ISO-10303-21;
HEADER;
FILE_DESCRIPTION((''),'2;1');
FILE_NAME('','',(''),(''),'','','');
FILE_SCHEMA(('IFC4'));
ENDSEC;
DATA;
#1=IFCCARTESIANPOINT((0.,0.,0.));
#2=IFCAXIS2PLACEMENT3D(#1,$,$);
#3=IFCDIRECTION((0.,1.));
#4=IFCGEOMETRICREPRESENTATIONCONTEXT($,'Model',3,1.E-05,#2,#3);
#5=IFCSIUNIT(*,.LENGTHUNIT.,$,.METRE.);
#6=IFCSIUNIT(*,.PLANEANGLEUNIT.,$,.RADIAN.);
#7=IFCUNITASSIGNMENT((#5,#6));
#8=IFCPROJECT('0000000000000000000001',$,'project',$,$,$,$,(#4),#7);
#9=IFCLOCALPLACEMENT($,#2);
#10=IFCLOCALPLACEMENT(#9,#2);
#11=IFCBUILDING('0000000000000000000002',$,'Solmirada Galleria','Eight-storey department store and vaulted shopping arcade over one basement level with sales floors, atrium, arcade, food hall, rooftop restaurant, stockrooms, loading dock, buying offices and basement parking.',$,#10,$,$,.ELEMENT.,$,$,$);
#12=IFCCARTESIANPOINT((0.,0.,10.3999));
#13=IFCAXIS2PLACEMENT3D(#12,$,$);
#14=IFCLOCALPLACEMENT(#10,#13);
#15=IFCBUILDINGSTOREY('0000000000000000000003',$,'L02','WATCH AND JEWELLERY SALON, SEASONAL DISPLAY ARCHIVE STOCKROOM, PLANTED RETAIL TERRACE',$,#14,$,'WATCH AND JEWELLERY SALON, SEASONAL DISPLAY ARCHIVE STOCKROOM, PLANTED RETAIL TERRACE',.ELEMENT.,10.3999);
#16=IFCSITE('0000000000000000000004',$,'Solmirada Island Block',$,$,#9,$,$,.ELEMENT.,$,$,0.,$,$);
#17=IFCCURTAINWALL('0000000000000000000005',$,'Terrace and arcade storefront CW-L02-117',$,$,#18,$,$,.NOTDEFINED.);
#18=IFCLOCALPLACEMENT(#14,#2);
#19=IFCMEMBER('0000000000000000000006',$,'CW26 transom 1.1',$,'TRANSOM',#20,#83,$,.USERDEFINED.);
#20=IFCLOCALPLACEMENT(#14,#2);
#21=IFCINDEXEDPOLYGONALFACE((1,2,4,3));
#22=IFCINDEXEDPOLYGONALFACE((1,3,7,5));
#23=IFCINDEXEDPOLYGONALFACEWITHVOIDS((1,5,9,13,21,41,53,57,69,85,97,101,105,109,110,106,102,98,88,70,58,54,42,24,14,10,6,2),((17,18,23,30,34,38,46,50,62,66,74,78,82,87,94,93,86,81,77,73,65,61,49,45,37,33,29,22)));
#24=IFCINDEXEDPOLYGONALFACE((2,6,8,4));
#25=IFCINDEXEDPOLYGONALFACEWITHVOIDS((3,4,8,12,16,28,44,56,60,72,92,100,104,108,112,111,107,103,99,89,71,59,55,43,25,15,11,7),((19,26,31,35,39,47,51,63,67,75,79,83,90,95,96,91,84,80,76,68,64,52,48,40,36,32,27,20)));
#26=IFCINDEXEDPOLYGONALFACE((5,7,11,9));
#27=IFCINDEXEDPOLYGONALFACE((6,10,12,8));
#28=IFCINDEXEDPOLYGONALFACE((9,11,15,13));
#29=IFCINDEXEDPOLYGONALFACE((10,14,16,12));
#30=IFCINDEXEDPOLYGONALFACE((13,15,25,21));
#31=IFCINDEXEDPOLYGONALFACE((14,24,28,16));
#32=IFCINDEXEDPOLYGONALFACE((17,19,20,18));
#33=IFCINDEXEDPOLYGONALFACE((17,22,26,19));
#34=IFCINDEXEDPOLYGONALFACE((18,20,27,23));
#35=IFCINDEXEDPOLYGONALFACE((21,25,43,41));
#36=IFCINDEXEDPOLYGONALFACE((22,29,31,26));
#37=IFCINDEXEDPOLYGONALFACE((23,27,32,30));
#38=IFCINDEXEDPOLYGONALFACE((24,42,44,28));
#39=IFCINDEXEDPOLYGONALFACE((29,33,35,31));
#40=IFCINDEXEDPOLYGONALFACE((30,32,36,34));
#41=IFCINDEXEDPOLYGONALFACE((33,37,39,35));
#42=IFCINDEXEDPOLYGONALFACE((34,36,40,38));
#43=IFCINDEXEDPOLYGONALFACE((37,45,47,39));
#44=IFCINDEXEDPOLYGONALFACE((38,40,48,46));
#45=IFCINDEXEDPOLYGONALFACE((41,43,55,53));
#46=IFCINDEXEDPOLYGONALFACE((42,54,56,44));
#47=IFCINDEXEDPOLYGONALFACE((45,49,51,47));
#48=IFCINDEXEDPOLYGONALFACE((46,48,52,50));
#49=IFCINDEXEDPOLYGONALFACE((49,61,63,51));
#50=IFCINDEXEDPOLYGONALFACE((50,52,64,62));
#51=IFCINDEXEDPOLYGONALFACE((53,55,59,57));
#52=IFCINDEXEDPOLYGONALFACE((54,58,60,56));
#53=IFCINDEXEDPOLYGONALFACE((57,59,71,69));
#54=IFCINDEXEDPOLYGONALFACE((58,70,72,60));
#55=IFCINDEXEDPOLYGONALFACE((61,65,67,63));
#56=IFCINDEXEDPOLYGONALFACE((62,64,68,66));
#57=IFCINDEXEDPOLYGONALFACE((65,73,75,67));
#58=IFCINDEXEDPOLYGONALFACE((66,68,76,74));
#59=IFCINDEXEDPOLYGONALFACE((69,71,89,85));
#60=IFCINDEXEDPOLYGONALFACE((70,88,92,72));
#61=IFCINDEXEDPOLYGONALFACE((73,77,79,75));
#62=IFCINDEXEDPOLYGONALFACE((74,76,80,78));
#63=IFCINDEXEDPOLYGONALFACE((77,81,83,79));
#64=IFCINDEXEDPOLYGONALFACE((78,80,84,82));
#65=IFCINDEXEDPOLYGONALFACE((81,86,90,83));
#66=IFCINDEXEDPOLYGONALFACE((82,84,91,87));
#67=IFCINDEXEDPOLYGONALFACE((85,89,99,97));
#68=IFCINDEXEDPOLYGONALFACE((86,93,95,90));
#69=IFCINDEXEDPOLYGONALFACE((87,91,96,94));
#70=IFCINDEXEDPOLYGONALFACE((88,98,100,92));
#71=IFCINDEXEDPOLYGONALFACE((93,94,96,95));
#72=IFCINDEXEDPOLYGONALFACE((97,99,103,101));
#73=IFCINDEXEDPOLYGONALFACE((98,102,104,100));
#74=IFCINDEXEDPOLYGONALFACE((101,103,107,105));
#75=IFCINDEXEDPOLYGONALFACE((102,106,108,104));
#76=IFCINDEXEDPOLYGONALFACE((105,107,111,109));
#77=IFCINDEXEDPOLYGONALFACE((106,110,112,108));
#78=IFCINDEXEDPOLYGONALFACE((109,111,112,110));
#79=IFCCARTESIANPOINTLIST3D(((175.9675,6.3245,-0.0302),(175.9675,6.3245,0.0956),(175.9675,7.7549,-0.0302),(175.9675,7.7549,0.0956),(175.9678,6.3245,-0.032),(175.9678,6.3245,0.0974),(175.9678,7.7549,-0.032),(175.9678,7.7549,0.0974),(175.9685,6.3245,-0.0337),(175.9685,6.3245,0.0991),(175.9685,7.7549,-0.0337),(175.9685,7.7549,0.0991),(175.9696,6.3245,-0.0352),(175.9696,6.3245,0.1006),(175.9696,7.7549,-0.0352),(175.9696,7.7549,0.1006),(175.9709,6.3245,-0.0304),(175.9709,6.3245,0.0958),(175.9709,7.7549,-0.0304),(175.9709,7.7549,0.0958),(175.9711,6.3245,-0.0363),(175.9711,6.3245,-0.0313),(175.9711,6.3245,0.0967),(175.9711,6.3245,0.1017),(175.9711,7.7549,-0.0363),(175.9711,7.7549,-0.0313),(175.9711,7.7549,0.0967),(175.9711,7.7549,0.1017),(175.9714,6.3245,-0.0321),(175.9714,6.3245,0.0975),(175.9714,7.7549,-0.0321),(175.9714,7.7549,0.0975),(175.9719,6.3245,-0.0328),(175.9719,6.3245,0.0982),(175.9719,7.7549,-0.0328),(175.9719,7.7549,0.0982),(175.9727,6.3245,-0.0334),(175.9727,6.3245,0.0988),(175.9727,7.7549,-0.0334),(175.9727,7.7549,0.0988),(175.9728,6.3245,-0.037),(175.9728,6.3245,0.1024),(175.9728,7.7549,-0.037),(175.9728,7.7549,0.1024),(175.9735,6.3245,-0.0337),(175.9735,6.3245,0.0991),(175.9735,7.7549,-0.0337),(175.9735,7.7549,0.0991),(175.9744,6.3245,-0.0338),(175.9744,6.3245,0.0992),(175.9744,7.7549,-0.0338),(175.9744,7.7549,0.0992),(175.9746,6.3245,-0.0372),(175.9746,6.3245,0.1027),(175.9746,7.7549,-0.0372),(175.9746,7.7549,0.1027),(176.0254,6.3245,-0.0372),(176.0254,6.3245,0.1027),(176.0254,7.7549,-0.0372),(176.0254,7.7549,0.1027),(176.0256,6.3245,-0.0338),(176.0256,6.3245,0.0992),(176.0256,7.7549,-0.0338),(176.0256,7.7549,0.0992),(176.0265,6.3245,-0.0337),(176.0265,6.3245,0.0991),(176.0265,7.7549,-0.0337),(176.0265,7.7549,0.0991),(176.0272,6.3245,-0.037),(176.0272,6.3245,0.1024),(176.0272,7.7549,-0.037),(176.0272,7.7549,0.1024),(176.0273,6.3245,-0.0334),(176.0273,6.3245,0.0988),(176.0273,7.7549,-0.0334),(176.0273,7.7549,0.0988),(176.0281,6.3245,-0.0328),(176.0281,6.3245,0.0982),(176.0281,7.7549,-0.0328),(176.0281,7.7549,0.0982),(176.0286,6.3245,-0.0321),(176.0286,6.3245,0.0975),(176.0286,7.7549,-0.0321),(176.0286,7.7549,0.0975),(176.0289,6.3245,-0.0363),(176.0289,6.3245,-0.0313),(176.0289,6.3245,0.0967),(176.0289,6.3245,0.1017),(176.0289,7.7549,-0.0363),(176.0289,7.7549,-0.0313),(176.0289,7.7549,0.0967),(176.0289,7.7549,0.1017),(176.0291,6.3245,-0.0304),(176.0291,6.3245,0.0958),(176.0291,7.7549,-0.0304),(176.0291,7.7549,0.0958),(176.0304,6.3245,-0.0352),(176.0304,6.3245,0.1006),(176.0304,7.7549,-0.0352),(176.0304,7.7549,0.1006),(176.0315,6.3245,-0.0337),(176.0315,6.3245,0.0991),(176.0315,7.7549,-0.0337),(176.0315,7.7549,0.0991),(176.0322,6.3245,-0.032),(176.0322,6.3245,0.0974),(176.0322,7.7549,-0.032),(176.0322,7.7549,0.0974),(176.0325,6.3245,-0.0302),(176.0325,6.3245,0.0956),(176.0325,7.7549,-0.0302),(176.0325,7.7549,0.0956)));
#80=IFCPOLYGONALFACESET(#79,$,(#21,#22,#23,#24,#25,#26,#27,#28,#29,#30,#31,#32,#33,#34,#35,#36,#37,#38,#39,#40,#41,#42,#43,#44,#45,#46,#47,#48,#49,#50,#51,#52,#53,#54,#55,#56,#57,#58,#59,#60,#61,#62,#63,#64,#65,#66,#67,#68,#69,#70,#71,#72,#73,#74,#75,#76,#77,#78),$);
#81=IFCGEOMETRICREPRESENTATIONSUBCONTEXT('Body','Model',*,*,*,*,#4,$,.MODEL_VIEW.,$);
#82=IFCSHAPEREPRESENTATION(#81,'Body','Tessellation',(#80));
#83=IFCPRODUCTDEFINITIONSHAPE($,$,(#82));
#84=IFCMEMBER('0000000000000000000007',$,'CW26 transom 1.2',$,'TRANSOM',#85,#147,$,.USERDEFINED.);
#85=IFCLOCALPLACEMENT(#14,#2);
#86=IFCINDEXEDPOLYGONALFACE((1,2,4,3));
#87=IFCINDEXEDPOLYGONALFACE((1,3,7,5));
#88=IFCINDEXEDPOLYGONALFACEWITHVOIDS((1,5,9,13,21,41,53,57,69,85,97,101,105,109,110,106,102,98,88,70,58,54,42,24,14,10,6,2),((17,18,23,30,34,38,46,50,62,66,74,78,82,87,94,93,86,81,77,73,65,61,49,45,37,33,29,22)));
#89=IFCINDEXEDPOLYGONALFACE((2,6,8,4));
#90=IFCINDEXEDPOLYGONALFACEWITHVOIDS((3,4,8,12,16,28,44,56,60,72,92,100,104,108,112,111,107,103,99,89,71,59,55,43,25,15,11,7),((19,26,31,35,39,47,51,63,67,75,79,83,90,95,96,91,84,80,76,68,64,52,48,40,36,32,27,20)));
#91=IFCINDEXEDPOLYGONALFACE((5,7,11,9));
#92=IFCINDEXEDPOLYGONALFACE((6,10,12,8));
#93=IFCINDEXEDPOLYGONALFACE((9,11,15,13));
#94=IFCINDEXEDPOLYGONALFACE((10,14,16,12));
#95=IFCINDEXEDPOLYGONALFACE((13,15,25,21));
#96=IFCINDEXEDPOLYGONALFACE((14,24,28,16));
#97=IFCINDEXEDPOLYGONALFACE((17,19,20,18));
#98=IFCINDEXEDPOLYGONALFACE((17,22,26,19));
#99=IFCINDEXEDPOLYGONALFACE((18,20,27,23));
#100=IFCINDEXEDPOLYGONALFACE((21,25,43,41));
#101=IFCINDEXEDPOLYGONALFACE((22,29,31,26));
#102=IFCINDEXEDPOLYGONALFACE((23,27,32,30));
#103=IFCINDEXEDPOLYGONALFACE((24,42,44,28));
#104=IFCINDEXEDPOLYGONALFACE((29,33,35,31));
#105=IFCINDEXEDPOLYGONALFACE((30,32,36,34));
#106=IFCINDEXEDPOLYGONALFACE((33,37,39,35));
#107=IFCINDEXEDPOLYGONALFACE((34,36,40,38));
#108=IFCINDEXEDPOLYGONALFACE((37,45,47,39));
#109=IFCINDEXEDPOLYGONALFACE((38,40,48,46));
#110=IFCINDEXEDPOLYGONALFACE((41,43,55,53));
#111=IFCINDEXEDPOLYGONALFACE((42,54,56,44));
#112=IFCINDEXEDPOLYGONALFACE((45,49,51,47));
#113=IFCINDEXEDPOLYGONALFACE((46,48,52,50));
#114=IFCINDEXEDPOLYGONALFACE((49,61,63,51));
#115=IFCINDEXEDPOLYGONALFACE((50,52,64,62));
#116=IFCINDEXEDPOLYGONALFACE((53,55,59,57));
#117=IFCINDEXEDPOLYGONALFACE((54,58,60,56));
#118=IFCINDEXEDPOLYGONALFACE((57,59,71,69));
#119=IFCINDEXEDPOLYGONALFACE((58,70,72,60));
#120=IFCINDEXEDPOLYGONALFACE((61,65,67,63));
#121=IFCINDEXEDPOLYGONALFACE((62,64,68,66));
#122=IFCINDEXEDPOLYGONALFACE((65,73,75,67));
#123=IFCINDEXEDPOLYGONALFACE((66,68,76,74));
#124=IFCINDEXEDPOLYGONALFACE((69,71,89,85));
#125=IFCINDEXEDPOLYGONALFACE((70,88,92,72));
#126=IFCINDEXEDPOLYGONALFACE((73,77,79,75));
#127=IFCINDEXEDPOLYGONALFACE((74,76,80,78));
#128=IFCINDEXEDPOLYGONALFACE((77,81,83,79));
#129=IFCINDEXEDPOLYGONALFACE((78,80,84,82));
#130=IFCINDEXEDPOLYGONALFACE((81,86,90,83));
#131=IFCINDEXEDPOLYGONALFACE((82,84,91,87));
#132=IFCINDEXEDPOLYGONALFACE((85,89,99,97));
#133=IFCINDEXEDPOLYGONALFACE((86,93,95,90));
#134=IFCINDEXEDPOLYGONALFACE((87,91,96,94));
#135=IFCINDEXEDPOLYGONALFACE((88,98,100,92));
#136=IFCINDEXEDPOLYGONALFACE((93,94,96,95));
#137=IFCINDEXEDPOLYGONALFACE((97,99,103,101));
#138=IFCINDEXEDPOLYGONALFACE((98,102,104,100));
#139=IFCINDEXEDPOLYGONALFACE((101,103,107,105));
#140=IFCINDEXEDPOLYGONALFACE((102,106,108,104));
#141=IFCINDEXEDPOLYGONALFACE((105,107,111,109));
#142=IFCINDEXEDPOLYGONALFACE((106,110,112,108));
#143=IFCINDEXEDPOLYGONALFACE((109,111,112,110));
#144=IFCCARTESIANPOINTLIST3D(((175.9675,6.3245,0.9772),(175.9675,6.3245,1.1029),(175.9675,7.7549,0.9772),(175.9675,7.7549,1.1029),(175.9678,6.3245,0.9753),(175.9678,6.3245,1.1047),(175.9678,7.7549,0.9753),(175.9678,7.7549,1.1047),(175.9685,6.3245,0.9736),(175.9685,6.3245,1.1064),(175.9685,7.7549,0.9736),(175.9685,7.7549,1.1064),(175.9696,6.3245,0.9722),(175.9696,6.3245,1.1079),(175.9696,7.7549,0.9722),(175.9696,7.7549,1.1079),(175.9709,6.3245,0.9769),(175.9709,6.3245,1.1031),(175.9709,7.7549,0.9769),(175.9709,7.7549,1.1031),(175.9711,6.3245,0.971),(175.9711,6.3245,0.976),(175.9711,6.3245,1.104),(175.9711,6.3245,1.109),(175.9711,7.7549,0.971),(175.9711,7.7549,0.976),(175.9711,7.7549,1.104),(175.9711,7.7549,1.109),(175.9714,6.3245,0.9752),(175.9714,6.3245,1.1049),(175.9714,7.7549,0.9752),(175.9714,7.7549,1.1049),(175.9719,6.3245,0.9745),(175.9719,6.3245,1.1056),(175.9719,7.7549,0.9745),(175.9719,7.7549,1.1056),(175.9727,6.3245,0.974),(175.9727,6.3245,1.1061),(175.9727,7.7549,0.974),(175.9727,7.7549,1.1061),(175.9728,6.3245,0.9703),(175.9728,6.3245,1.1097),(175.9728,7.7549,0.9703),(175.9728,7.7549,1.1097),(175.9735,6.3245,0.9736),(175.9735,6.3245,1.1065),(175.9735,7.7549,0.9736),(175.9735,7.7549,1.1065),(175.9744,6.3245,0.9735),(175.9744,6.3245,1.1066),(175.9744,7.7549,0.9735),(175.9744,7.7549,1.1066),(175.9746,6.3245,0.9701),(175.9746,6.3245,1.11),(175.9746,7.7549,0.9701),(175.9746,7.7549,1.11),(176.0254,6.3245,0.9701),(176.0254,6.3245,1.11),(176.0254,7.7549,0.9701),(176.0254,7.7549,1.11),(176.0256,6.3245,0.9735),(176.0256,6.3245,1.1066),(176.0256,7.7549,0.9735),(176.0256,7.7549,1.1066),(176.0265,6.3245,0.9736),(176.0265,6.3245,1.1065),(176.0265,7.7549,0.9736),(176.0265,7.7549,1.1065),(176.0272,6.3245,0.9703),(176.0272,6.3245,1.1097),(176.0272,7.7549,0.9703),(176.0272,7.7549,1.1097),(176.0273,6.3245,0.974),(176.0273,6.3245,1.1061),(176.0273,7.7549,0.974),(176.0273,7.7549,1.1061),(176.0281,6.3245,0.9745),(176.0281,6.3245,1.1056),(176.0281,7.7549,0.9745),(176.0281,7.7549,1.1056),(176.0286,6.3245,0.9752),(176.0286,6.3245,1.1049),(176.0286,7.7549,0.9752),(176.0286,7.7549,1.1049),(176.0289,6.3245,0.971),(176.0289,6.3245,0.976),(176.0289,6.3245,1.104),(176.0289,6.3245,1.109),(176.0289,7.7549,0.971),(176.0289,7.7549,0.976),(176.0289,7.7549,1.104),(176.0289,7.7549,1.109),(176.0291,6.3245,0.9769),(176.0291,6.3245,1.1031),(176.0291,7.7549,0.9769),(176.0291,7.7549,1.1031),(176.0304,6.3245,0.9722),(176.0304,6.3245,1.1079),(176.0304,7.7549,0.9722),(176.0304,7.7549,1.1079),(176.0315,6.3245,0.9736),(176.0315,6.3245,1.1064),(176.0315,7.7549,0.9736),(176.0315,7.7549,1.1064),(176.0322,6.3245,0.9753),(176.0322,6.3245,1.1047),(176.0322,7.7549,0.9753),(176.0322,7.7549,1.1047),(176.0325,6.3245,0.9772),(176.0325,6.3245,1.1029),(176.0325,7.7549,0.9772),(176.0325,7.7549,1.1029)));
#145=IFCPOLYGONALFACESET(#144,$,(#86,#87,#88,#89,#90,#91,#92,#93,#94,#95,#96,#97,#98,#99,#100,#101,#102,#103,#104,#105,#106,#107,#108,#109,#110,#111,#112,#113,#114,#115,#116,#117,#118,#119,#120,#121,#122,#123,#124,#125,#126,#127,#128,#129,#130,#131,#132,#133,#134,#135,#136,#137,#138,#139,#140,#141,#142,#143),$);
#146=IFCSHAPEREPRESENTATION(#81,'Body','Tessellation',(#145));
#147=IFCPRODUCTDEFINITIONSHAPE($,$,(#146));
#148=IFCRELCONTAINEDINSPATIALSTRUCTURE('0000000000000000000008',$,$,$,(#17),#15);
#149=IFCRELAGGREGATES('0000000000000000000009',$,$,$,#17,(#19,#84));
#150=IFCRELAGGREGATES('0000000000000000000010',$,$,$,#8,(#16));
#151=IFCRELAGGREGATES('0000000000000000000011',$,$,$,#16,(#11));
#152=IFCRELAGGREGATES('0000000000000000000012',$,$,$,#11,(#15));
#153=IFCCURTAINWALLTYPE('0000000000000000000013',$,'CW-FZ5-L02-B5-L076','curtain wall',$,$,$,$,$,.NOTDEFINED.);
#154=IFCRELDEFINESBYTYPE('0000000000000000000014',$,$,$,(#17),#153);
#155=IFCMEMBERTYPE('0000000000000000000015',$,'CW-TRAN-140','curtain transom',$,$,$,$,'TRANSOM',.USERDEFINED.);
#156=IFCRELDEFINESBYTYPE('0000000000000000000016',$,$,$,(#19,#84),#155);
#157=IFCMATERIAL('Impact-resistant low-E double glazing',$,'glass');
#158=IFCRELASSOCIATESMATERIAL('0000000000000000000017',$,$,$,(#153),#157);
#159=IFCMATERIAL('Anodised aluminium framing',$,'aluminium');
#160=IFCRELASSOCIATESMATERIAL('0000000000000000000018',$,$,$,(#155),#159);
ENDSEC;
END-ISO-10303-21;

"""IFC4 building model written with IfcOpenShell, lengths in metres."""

from ifc_helpers import new_model, si_unit, direction, frame, origin, origin_2d, place, context, subcontext, project, spatial, hollow_rectangle, extrude, material, material_profile, profile_set, type_object, element, aggregate, save


model = new_model("IFC4")

# Units and contexts
model_context = context("Model", 3, precision=1e-05, world=origin(), true_north=direction((0.0, 1.0)))
body_context = subcontext(model_context, "Body", "Model", "MODEL_VIEW")
ifc_project = project(units=[si_unit("LENGTHUNIT", "METRE"), si_unit("PLANEANGLEUNIT", "RADIAN")], contexts=[model_context])

# Site, building, storey
site_placement = place(None, origin())
site = spatial("IfcSite", under=ifc_project, at=site_placement, Name="Solmirada Island Block", CompositionType="ELEMENT", RefElevation=0.0)
building_placement = place(site_placement, origin())
building = spatial("IfcBuilding", under=site, at=building_placement, Name="Solmirada Galleria", Description="Eight-storey department store and vaulted shopping arcade over one basement level with sales floors, atrium, arcade, food hall, rooftop restaurant, stockrooms, loading dock, buying offices and basement parking.", CompositionType="ELEMENT")
storey_placement = place(building_placement, frame((0.0, 0.0, 10.3999)))
storey = spatial("IfcBuildingStorey", under=building, at=storey_placement, Name="L02", Description="WATCH AND JEWELLERY SALON, SEASONAL DISPLAY ARCHIVE STOCKROOM, PLANTED RETAIL TERRACE", LongName="WATCH AND JEWELLERY SALON, SEASONAL DISPLAY ARCHIVE STOCKROOM, PLANTED RETAIL TERRACE", CompositionType="ELEMENT", Elevation=10.3999)

# Shared definitions
ifc_material_1 = material(Name="Impact-resistant low-E double glazing", Category="glass")
curtain_wall_type = type_object("IfcCurtainWallType", Name="CW-FZ5-L02-B5-L076", Description="curtain wall", PredefinedType="NOTDEFINED", material=ifc_material_1)
ifc_material_2 = material(Name="Anodised aluminium framing", Category="aluminium")

# Curtain wall, members
curtain_wall_1_placement = place(storey_placement, origin())
curtain_wall_1 = element("IfcCurtainWall", 1, at=curtain_wall_1_placement, inside=storey, type_object=curtain_wall_type, Name="Terrace and arcade storefront CW-L02-117", PredefinedType="NOTDEFINED")
ifc_material_profile_1 = material_profile(ifc_material_2, hollow_rectangle(XDim=0.0649, YDim=0.1399, WallThickness=0.0034, InnerFilletRadius=0.0034, OuterFilletRadius=0.0071, at=origin_2d()), Name="ALU-TRAN-140X65")
ifc_profile_set_1 = profile_set([ifc_material_profile_1], Name="Anodised aluminium framing")
member_type_1 = type_object("IfcMemberType", Name="CW-TRAN-140", Description="curtain transom", ElementType="TRANSOM", PredefinedType="USERDEFINED", material=ifc_profile_set_1)
member_1_placement = place(storey_placement, frame((176.0, 7.7549, 0.0327), z_axis=(0.0, -1.0, 0.0), x_axis=(1.0, 0.0, 0.0)))
member_1 = element("IfcMember", 2, at=member_1_placement, type_object=member_type_1, Name="CW26 transom 1.1", ObjectType="TRANSOM", PredefinedType="USERDEFINED", context=body_context, shape_type="SweptSolid", body=[
    extrude(hollow_rectangle(XDim=0.0649, YDim=0.1399, WallThickness=0.0034, InnerFilletRadius=0.0034, OuterFilletRadius=0.0071, at=origin_2d()), origin(), (0.0, 0.0, 1.0), 1.4304),
])
member_2_placement = place(storey_placement, frame((176.0, 7.7549, 1.04), z_axis=(0.0, -1.0, 0.0), x_axis=(1.0, 0.0, 0.0)))
member_2 = element("IfcMember", 3, at=member_2_placement, type_object=member_type_1, Name="CW26 transom 1.2", ObjectType="TRANSOM", PredefinedType="USERDEFINED", context=body_context, shape_type="SweptSolid", body=[
    extrude(hollow_rectangle(XDim=0.0649, YDim=0.1399, WallThickness=0.0034, InnerFilletRadius=0.0034, OuterFilletRadius=0.0071, at=origin_2d()), origin(), (0.0, 0.0, 1.0), 1.4304),
])

aggregate(curtain_wall_1, [member_1, member_2])

save(model, "model.ifc")
